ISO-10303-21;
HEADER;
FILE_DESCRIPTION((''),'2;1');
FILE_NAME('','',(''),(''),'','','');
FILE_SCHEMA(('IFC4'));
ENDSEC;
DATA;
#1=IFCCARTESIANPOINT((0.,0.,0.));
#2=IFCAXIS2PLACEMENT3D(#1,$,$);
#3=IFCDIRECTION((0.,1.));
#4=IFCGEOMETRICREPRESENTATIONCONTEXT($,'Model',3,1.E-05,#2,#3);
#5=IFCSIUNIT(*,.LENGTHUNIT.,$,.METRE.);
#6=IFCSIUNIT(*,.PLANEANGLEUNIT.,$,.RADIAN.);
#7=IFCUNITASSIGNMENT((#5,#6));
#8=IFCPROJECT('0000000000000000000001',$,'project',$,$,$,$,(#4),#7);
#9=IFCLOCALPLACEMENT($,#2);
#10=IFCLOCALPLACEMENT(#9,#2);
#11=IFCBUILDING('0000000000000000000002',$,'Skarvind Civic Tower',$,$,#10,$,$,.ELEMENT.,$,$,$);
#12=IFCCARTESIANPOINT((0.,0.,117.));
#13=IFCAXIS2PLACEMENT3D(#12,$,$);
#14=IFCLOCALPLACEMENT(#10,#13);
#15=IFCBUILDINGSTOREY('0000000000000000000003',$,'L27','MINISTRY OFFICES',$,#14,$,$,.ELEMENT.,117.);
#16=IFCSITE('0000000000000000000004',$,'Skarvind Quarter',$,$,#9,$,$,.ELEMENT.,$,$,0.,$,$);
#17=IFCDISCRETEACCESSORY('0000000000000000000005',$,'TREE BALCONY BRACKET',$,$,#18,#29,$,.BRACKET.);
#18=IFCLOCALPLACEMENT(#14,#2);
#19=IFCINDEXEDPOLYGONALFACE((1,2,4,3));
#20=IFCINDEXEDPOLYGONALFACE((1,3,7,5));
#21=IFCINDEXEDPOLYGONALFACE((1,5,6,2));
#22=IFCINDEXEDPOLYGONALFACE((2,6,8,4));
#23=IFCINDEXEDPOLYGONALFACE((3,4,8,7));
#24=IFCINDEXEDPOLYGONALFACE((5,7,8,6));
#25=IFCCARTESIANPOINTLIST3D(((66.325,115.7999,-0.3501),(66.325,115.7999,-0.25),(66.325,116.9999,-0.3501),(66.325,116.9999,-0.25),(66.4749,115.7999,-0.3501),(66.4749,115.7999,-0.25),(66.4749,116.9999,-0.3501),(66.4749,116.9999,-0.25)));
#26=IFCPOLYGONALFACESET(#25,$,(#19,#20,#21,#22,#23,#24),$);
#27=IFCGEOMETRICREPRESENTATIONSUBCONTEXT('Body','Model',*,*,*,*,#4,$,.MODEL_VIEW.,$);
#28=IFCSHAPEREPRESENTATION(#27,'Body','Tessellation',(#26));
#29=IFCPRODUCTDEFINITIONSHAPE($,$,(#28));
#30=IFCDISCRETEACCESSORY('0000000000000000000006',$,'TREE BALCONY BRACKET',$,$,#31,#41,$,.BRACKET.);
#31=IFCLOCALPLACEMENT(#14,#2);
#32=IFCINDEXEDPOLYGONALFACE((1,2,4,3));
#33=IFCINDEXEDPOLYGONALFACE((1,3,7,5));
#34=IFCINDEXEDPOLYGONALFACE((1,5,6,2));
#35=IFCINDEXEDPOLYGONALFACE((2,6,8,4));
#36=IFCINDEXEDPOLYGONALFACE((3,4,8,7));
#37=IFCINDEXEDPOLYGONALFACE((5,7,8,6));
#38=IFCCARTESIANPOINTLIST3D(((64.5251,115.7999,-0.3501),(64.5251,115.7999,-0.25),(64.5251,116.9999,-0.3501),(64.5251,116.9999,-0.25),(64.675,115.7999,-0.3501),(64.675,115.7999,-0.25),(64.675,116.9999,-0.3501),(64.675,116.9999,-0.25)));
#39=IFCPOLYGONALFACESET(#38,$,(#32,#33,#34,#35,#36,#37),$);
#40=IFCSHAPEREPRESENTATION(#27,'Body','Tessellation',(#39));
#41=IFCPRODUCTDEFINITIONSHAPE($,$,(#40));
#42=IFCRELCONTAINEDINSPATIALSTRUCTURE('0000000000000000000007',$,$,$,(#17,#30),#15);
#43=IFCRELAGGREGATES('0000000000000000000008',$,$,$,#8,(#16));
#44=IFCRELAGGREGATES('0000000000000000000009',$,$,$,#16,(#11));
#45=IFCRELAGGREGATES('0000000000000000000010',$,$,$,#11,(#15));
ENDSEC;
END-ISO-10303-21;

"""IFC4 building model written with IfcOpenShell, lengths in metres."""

from ifc_helpers import new_model, si_unit, direction, frame, origin, origin_2d, place, context, subcontext, project, spatial, rectangle, extrude, element, save


model = new_model("IFC4")

# Units and contexts
model_context = context("Model", 3, precision=1e-05, world=origin(), true_north=direction((0.0, 1.0)))
body_context = subcontext(model_context, "Body", "Model", "MODEL_VIEW")
ifc_project = project(units=[si_unit("LENGTHUNIT", "METRE"), si_unit("PLANEANGLEUNIT", "RADIAN")], contexts=[model_context])

# Site, building, storey
site_placement = place(None, origin())
site = spatial("IfcSite", under=ifc_project, at=site_placement, Name="Skarvind Quarter", CompositionType="ELEMENT", RefElevation=0.0)
building_placement = place(site_placement, origin())
building = spatial("IfcBuilding", under=site, at=building_placement, Name="Skarvind Civic Tower", CompositionType="ELEMENT")
storey_placement = place(building_placement, frame((0.0, 0.0, 117.0)))
storey = spatial("IfcBuildingStorey", under=building, at=storey_placement, Name="L27", Description="MINISTRY OFFICES", CompositionType="ELEMENT", Elevation=117.0)

# Discrete accessories
for number, where, z_axis, x_axis, name in (
    (1, (66.3999, 116.3999, -0.3501), (0.0, 0.0, 1.0), (-1.0, 0.0, 0.0), "TREE BALCONY BRACKET"),
    (2, (64.6001, 116.3999, -0.3501), (0.0, 0.0, 1.0), (-1.0, 0.0, 0.0), "TREE BALCONY BRACKET"),
):
    element("IfcDiscreteAccessory", number, at=place(storey_placement, frame(where, z_axis=z_axis, x_axis=x_axis)), inside=storey, Name=name, PredefinedType="BRACKET", context=body_context, shape_type="SweptSolid", body=[
        extrude(rectangle(XDim=0.1499, YDim=1.2, at=origin_2d()), origin(), (0.0, 0.0, 1.0), 0.1001),
    ])

save(model, "model.ifc")
